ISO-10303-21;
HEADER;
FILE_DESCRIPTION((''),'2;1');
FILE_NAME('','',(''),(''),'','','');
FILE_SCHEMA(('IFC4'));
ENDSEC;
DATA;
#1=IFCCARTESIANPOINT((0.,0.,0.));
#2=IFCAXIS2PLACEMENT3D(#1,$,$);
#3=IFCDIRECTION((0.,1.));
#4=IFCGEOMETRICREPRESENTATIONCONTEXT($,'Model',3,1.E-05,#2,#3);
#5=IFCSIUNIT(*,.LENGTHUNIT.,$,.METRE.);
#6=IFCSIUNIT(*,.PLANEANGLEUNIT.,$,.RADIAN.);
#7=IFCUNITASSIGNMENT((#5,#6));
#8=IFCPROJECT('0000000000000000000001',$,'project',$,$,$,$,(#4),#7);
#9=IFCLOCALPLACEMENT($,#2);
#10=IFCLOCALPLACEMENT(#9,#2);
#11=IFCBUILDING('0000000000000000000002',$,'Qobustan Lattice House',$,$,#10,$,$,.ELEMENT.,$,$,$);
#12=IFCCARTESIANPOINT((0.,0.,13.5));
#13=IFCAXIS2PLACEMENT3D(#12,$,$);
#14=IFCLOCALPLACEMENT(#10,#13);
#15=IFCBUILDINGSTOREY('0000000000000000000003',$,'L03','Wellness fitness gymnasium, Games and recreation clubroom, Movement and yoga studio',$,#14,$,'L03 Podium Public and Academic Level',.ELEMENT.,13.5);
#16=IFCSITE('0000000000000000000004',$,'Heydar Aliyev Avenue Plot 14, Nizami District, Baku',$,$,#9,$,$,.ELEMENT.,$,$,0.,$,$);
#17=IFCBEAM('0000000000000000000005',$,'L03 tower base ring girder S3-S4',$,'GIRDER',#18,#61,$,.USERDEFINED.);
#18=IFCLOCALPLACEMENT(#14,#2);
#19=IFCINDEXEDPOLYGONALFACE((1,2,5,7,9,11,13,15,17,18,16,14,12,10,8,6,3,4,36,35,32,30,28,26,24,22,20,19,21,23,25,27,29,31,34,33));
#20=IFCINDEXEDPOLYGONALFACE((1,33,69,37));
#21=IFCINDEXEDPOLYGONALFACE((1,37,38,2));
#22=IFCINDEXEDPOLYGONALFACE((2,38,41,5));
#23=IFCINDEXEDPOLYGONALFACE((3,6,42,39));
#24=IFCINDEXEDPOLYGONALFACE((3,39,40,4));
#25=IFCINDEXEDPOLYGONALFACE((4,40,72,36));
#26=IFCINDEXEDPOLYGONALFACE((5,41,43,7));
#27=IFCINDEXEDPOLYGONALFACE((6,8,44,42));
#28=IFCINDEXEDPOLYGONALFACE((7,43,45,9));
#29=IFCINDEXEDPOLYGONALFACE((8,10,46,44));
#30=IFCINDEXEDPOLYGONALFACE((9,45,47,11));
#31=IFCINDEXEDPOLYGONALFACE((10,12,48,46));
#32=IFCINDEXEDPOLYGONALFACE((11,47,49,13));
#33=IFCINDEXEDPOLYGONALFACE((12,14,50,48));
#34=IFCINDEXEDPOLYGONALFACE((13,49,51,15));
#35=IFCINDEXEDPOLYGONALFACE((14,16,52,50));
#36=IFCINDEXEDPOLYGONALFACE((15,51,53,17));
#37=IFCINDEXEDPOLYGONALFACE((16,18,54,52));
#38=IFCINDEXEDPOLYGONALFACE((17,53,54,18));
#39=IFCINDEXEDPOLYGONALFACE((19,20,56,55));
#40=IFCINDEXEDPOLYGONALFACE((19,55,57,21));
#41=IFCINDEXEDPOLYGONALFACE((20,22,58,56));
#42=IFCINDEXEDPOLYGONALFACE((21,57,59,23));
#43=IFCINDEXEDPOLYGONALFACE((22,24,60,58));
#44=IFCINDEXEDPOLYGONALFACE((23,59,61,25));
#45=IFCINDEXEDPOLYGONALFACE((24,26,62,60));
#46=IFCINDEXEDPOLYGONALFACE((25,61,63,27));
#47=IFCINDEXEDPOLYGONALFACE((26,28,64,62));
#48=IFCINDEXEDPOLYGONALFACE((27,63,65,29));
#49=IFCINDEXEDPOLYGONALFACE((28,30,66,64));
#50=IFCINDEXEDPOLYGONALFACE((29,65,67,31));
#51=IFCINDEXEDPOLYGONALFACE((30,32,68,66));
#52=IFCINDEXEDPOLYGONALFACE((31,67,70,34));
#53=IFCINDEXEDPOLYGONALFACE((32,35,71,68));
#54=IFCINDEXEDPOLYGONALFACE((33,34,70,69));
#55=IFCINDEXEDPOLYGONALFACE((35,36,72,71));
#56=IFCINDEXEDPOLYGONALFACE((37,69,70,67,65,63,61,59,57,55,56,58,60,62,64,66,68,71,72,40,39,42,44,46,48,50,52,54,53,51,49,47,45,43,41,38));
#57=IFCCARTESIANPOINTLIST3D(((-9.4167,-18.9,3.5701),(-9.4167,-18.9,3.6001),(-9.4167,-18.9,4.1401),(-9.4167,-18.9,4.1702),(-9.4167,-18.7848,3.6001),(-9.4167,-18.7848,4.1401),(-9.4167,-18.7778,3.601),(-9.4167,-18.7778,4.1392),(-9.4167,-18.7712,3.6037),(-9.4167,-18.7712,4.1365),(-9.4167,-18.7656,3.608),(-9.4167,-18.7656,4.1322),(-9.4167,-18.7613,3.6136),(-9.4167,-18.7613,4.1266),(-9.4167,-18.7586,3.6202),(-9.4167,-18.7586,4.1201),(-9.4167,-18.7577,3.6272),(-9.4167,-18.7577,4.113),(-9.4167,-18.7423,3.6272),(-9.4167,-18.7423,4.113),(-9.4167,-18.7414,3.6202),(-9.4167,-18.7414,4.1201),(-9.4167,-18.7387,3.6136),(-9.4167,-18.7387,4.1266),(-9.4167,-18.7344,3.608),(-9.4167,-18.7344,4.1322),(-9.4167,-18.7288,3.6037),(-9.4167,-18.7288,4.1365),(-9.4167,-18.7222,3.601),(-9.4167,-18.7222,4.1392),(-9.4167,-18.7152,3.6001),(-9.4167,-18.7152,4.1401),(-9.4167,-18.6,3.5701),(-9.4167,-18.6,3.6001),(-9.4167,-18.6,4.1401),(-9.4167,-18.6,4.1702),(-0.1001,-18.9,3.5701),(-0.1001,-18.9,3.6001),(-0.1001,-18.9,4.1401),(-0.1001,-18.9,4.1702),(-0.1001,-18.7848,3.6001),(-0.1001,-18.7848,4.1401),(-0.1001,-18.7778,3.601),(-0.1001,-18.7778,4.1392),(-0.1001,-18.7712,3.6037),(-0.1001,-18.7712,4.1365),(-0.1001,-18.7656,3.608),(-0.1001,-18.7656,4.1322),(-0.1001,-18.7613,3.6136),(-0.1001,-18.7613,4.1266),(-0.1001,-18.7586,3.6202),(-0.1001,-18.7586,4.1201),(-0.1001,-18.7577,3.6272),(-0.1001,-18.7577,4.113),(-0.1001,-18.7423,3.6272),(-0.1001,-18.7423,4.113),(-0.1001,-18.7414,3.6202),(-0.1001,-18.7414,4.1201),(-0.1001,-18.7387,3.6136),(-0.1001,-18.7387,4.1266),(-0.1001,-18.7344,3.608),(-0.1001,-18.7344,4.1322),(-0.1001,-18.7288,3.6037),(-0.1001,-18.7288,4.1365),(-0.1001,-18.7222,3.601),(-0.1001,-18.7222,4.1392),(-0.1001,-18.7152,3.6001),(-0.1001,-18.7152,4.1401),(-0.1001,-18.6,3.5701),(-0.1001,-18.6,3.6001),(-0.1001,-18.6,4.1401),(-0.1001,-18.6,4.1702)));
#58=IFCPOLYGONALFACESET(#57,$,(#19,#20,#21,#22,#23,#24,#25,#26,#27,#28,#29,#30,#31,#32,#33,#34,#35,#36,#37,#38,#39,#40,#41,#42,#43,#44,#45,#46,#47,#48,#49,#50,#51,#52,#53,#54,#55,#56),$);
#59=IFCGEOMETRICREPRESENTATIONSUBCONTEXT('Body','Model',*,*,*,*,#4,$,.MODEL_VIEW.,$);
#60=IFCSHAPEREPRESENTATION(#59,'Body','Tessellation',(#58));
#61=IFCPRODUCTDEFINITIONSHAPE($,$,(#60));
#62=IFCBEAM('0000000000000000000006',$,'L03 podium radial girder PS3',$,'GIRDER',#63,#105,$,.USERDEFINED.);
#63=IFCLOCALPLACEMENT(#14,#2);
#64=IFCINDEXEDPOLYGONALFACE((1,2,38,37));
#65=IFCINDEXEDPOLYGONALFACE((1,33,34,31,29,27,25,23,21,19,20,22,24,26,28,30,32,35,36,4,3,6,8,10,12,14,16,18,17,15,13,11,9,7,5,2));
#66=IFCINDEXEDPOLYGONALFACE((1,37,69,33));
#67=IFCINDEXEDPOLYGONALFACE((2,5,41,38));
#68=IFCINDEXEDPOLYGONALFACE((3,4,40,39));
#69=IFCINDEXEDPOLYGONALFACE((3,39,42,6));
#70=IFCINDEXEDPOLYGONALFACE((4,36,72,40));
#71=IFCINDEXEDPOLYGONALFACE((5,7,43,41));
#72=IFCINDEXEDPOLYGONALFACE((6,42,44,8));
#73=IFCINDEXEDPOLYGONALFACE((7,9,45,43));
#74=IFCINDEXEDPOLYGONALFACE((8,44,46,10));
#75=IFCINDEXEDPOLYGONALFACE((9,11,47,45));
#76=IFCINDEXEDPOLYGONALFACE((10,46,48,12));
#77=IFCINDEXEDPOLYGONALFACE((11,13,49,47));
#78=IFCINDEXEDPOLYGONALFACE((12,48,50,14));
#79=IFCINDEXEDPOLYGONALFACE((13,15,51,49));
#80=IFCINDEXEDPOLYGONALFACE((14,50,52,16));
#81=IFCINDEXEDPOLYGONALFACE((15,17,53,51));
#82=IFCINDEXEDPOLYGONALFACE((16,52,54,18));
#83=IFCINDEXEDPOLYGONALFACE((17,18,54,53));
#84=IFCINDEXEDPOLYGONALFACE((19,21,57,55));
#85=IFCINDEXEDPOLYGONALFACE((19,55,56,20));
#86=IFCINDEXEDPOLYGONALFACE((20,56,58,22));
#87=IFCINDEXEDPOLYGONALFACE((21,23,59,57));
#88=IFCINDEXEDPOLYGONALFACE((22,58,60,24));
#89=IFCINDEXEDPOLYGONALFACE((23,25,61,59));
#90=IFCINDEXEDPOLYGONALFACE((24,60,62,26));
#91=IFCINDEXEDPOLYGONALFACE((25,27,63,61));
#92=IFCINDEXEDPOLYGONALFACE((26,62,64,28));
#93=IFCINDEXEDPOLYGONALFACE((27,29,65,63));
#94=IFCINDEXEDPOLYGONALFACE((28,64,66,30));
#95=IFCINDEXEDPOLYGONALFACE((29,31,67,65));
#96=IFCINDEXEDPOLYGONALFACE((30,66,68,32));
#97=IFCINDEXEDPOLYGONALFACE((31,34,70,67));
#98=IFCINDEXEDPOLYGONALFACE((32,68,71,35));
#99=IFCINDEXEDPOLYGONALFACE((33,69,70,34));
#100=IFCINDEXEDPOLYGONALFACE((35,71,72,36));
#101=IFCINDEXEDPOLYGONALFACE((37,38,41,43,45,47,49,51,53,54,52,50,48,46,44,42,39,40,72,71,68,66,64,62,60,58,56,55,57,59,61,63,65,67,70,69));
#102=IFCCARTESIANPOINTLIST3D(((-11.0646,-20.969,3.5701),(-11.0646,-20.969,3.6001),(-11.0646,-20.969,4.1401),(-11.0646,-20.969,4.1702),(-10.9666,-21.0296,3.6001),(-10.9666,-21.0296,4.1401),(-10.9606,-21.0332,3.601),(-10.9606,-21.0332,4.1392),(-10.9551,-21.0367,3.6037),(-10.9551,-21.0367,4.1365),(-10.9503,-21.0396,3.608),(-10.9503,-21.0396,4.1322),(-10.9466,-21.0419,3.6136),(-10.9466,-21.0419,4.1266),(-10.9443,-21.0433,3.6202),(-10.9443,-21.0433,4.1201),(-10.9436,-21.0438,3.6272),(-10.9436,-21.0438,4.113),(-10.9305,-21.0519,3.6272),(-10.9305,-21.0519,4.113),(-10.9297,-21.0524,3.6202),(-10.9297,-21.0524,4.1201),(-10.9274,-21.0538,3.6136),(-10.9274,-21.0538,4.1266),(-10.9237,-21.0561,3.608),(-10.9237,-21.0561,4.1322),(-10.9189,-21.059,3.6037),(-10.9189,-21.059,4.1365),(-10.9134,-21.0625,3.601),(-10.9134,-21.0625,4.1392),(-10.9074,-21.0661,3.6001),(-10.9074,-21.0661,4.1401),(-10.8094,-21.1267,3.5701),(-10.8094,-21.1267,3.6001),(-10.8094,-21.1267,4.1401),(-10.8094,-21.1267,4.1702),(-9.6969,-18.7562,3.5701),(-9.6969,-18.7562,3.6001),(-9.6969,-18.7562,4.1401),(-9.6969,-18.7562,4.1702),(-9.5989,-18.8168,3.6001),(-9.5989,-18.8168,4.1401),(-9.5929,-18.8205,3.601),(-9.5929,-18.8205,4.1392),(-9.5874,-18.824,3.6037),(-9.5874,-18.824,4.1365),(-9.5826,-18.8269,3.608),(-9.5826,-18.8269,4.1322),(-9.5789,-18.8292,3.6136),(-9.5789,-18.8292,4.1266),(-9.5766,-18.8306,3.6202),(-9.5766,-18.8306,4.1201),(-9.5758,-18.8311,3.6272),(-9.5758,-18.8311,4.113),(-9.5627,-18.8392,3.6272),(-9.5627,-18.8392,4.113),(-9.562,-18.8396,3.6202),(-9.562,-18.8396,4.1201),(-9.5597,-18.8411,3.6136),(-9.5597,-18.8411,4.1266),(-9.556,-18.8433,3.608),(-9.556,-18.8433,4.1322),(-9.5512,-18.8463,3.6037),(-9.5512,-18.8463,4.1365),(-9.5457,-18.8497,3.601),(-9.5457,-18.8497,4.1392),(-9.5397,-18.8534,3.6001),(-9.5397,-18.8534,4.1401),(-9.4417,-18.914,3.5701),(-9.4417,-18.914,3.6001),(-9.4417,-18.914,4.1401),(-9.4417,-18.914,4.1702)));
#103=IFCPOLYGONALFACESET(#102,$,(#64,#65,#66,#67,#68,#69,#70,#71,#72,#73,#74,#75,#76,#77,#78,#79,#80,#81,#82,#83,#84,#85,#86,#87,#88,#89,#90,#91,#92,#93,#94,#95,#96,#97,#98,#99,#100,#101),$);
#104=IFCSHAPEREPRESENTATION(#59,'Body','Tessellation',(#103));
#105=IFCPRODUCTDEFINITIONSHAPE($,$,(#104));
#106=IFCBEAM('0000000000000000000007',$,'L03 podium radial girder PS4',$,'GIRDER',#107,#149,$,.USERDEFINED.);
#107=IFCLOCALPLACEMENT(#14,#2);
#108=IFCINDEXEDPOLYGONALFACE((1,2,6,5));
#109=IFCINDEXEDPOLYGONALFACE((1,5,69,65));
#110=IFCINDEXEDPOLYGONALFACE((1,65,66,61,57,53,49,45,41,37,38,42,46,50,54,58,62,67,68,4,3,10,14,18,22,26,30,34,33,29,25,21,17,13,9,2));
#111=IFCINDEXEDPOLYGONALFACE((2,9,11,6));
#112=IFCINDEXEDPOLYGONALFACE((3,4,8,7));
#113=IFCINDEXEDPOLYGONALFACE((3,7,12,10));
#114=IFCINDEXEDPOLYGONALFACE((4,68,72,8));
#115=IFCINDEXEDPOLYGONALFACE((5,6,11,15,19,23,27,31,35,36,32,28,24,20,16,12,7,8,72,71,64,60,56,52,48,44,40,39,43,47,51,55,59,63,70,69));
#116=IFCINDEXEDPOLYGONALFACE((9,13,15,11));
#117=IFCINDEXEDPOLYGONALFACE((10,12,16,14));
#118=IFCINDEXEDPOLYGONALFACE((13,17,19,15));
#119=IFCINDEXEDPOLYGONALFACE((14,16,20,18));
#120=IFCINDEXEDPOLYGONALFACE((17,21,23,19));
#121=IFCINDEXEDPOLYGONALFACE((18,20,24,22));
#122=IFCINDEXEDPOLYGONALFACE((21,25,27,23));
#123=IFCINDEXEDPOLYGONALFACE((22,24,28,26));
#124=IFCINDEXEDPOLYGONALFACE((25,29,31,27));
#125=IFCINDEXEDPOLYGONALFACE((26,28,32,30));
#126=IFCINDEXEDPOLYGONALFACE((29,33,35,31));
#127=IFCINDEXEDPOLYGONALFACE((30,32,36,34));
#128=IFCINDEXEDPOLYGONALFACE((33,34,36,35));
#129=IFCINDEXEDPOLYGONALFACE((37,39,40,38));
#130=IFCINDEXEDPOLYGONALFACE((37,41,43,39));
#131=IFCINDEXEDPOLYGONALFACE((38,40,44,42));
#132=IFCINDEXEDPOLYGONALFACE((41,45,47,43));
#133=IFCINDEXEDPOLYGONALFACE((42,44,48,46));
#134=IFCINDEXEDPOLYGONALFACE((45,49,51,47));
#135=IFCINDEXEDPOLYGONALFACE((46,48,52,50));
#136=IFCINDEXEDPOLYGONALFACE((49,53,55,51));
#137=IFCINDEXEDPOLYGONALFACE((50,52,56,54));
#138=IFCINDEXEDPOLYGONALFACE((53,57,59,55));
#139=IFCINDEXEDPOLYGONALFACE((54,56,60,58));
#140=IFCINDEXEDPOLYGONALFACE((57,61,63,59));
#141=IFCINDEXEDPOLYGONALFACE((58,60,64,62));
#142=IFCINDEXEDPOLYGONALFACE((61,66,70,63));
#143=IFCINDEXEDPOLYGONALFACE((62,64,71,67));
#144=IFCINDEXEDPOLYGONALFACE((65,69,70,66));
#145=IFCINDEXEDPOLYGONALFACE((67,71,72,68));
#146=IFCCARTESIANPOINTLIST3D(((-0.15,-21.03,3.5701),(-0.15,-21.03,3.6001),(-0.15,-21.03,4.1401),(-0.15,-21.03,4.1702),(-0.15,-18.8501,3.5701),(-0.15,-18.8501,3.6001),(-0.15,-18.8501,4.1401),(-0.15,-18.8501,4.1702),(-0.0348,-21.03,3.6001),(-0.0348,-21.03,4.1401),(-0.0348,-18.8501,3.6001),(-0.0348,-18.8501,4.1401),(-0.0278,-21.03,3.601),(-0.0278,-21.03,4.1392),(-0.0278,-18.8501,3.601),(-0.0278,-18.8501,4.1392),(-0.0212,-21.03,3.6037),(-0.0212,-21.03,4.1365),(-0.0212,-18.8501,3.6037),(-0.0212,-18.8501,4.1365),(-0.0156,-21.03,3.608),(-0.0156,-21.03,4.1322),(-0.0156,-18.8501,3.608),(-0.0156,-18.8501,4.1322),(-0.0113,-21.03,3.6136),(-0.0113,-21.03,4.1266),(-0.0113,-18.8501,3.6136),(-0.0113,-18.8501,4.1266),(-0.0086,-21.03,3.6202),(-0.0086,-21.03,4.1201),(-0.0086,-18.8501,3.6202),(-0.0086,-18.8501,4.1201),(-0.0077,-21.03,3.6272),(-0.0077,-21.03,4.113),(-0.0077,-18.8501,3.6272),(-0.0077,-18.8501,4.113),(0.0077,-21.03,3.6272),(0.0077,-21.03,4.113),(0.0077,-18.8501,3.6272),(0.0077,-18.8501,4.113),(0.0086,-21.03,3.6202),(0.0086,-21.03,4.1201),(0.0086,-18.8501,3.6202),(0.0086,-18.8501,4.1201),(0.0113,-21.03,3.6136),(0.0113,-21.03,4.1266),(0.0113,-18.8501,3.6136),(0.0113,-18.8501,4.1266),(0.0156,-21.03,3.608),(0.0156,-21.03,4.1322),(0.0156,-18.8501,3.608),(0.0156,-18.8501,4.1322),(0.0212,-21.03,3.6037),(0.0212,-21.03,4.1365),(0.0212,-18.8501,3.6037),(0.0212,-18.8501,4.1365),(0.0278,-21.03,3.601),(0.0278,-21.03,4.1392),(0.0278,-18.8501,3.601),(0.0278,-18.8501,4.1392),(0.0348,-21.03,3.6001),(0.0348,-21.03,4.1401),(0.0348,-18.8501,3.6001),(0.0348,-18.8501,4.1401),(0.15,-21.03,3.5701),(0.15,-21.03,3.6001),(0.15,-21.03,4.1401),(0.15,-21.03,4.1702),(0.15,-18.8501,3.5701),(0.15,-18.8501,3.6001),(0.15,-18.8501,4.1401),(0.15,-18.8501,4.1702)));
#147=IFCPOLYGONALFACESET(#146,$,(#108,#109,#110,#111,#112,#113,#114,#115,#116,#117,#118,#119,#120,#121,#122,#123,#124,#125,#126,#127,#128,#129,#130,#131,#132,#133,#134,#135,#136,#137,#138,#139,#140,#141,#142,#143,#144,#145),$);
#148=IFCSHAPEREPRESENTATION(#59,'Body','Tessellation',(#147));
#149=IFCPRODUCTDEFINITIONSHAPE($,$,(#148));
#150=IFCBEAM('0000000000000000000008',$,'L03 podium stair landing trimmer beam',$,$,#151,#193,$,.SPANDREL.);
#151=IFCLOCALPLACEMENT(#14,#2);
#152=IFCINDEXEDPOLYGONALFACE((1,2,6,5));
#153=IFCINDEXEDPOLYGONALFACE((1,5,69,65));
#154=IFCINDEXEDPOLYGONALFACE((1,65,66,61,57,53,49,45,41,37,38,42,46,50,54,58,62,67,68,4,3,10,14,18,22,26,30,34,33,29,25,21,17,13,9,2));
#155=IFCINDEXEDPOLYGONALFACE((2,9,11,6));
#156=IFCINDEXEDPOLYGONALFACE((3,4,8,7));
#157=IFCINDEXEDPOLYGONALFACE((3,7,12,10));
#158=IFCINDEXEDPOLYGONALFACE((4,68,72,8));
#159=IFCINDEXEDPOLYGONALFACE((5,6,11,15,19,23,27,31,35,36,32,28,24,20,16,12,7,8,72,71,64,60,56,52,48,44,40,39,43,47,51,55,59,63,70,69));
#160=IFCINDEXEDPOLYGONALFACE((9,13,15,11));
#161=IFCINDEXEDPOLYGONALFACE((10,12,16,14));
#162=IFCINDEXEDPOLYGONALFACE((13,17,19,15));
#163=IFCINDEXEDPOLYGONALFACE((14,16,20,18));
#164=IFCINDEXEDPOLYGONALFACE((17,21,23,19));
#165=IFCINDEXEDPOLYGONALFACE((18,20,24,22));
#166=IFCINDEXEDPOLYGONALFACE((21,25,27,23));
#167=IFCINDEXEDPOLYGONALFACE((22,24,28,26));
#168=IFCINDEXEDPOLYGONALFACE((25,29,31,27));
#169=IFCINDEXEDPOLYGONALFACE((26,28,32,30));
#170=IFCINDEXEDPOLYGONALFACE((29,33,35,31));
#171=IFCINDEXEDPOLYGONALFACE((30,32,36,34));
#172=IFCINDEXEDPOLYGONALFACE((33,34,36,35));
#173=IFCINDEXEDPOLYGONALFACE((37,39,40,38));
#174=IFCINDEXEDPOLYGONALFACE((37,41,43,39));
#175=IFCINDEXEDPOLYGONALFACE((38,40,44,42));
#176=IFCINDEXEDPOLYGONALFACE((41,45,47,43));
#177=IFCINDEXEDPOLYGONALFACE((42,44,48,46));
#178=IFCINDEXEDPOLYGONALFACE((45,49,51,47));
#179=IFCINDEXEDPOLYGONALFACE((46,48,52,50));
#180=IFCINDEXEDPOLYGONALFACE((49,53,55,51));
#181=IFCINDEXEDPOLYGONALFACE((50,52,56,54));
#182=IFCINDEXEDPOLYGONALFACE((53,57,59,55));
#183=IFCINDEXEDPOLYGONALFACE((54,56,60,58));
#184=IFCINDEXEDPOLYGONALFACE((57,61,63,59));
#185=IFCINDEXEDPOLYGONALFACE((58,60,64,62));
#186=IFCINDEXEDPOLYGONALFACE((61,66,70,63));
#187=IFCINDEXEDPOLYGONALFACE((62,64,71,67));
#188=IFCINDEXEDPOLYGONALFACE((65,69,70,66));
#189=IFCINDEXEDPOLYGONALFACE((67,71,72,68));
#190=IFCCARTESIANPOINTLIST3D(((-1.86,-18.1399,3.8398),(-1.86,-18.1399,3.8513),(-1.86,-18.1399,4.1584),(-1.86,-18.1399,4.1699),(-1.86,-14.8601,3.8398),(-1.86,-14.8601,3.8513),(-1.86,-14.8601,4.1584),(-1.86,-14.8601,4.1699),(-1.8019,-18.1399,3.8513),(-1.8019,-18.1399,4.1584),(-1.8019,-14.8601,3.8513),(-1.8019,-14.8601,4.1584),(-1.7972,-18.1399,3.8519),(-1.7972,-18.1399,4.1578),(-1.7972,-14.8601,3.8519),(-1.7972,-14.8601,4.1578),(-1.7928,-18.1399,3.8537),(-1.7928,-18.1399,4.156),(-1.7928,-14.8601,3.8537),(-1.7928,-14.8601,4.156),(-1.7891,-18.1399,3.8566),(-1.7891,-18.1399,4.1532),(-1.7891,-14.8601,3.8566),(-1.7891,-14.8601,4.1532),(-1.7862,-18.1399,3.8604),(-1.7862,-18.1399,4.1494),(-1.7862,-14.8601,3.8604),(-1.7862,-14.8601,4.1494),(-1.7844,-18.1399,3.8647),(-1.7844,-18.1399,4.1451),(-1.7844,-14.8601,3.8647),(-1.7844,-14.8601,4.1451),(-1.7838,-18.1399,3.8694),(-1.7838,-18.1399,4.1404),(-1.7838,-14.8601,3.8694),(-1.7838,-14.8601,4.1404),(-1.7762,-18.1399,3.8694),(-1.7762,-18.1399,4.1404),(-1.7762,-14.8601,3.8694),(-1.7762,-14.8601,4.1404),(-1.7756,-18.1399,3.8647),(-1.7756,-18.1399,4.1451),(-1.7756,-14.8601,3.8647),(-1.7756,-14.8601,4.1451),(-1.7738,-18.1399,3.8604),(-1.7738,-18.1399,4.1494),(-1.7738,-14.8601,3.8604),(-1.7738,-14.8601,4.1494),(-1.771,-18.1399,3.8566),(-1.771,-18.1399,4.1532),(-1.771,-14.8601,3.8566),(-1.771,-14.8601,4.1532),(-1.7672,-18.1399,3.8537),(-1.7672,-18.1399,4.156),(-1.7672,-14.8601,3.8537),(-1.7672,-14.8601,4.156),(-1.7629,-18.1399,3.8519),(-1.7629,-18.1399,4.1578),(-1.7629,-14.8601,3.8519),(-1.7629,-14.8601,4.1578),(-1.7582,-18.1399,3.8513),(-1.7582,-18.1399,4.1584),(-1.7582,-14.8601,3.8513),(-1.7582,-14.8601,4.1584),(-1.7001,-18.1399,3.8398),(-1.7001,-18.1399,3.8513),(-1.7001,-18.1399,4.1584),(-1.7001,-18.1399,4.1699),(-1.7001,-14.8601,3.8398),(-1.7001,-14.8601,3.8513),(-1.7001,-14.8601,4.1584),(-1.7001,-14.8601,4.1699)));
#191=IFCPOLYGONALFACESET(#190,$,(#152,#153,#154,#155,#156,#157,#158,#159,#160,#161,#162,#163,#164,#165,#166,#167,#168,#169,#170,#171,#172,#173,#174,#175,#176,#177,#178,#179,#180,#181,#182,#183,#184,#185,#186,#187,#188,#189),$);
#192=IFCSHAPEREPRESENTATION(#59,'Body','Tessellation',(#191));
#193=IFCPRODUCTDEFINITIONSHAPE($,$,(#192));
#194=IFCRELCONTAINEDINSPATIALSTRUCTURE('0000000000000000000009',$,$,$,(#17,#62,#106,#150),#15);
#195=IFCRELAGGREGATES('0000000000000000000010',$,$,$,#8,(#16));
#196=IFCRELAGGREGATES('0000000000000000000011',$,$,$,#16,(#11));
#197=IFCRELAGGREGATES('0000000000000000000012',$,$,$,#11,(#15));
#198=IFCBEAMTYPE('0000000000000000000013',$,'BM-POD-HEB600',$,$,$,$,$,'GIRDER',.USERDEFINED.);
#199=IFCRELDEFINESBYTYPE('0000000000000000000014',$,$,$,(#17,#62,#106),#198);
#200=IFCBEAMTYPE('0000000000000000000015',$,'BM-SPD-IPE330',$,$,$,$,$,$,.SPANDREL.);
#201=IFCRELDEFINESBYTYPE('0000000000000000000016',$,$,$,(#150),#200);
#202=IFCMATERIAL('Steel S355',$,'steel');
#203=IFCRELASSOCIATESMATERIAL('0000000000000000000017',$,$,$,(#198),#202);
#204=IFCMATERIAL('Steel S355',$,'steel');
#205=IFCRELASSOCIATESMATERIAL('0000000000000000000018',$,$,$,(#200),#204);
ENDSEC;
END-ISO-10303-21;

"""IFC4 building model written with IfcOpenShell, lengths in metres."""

from ifc_helpers import new_model, si_unit, direction, frame, origin, origin_2d, place, context, subcontext, project, spatial, i_section, extrude, material, material_profile, profile_set, type_object, element, save


model = new_model("IFC4")

# Units and contexts
model_context = context("Model", 3, precision=1e-05, world=origin(), true_north=direction((0.0, 1.0)))
body_context = subcontext(model_context, "Body", "Model", "MODEL_VIEW")
ifc_project = project(units=[si_unit("LENGTHUNIT", "METRE"), si_unit("PLANEANGLEUNIT", "RADIAN")], contexts=[model_context])

# Site, building, storey
site_placement = place(None, origin())
site = spatial("IfcSite", under=ifc_project, at=site_placement, Name="Heydar Aliyev Avenue Plot 14, Nizami District, Baku", CompositionType="ELEMENT", RefElevation=0.0)
building_placement = place(site_placement, origin())
building = spatial("IfcBuilding", under=site, at=building_placement, Name="Qobustan Lattice House", CompositionType="ELEMENT")
storey_placement = place(building_placement, frame((0.0, 0.0, 13.5)))
storey = spatial("IfcBuildingStorey", under=building, at=storey_placement, Name="L03", Description="Wellness fitness gymnasium, Games and recreation clubroom, Movement and yoga studio", LongName="L03 Podium Public and Academic Level", CompositionType="ELEMENT", Elevation=13.5)

# Beams
ifc_material_1 = material(Name="Steel S355", Category="steel")
ifc_material_profile_1 = material_profile(ifc_material_1, i_section(OverallWidth=0.3, OverallDepth=0.6001, WebThickness=0.0154, FlangeThickness=0.03, FilletRadius=0.0271, at=origin_2d()), Name="HEB600")
ifc_profile_set_1 = profile_set([ifc_material_profile_1], Name="Steel S355")
beam_type_1 = type_object("IfcBeamType", Name="BM-POD-HEB600", ElementType="GIRDER", PredefinedType="USERDEFINED", material=ifc_profile_set_1)
beam_1_placement = place(storey_placement, frame((-9.4167, -18.75, 3.8701), z_axis=(1.0, 0.0, 0.0), x_axis=(0.0, 1.0, 0.0)))
element("IfcBeam", 1, at=beam_1_placement, inside=storey, type_object=beam_type_1, Name="L03 tower base ring girder S3-S4", ObjectType="GIRDER", PredefinedType="USERDEFINED", context=body_context, shape_type="SweptSolid", body=[
    extrude(i_section(OverallWidth=0.3, OverallDepth=0.6001, WebThickness=0.0154, FlangeThickness=0.03, FilletRadius=0.0271, at=origin_2d()), origin(), (0.0, 0.0, 1.0), 9.3167),
])
beam_2_placement = place(storey_placement, frame((-10.937, -21.0479, 3.8701), z_axis=(0.525783, 0.850619, 0.0), x_axis=(-0.850619, 0.525783, 0.0)))
element("IfcBeam", 2, at=beam_2_placement, inside=storey, type_object=beam_type_1, Name="L03 podium radial girder PS3", ObjectType="GIRDER", PredefinedType="USERDEFINED", context=body_context, shape_type="SweptSolid", body=[
    extrude(i_section(OverallWidth=0.3, OverallDepth=0.6001, WebThickness=0.0154, FlangeThickness=0.03, FilletRadius=0.0271, at=origin_2d()), origin(), (0.0, 0.0, 1.0), 2.6013),
])
beam_3_placement = place(storey_placement, frame((0.0, -21.03, 3.8701), z_axis=(0.0, 1.0, 0.0), x_axis=(-1.0, 0.0, 0.0)))
element("IfcBeam", 3, at=beam_3_placement, inside=storey, type_object=beam_type_1, Name="L03 podium radial girder PS4", ObjectType="GIRDER", PredefinedType="USERDEFINED", context=body_context, shape_type="SweptSolid", body=[
    extrude(i_section(OverallWidth=0.3, OverallDepth=0.6001, WebThickness=0.0154, FlangeThickness=0.03, FilletRadius=0.0271, at=origin_2d()), origin(), (0.0, 0.0, 1.0), 2.1799),
])
ifc_material_2 = material(Name="Steel S355", Category="steel")
ifc_material_profile_2 = material_profile(ifc_material_2, i_section(OverallWidth=0.1599, OverallDepth=0.3301, WebThickness=0.0076, FlangeThickness=0.0115, FilletRadius=0.0181, at=origin_2d()), Name="IPE330")
ifc_profile_set_2 = profile_set([ifc_material_profile_2], Name="Steel S355")
beam_type_2 = type_object("IfcBeamType", Name="BM-SPD-IPE330", PredefinedType="SPANDREL", material=ifc_profile_set_2)
beam_4_placement = place(storey_placement, frame((-1.78, -18.1399, 4.0049), z_axis=(0.0, 1.0, 0.0), x_axis=(-1.0, 0.0, 0.0)))
element("IfcBeam", 4, at=beam_4_placement, inside=storey, type_object=beam_type_2, Name="L03 podium stair landing trimmer beam", PredefinedType="SPANDREL", context=body_context, shape_type="SweptSolid", body=[
    extrude(i_section(OverallWidth=0.1599, OverallDepth=0.3301, WebThickness=0.0076, FlangeThickness=0.0115, FilletRadius=0.0181, at=origin_2d()), origin(), (0.0, 0.0, 1.0), 3.2798),
])

save(model, "model.ifc")
